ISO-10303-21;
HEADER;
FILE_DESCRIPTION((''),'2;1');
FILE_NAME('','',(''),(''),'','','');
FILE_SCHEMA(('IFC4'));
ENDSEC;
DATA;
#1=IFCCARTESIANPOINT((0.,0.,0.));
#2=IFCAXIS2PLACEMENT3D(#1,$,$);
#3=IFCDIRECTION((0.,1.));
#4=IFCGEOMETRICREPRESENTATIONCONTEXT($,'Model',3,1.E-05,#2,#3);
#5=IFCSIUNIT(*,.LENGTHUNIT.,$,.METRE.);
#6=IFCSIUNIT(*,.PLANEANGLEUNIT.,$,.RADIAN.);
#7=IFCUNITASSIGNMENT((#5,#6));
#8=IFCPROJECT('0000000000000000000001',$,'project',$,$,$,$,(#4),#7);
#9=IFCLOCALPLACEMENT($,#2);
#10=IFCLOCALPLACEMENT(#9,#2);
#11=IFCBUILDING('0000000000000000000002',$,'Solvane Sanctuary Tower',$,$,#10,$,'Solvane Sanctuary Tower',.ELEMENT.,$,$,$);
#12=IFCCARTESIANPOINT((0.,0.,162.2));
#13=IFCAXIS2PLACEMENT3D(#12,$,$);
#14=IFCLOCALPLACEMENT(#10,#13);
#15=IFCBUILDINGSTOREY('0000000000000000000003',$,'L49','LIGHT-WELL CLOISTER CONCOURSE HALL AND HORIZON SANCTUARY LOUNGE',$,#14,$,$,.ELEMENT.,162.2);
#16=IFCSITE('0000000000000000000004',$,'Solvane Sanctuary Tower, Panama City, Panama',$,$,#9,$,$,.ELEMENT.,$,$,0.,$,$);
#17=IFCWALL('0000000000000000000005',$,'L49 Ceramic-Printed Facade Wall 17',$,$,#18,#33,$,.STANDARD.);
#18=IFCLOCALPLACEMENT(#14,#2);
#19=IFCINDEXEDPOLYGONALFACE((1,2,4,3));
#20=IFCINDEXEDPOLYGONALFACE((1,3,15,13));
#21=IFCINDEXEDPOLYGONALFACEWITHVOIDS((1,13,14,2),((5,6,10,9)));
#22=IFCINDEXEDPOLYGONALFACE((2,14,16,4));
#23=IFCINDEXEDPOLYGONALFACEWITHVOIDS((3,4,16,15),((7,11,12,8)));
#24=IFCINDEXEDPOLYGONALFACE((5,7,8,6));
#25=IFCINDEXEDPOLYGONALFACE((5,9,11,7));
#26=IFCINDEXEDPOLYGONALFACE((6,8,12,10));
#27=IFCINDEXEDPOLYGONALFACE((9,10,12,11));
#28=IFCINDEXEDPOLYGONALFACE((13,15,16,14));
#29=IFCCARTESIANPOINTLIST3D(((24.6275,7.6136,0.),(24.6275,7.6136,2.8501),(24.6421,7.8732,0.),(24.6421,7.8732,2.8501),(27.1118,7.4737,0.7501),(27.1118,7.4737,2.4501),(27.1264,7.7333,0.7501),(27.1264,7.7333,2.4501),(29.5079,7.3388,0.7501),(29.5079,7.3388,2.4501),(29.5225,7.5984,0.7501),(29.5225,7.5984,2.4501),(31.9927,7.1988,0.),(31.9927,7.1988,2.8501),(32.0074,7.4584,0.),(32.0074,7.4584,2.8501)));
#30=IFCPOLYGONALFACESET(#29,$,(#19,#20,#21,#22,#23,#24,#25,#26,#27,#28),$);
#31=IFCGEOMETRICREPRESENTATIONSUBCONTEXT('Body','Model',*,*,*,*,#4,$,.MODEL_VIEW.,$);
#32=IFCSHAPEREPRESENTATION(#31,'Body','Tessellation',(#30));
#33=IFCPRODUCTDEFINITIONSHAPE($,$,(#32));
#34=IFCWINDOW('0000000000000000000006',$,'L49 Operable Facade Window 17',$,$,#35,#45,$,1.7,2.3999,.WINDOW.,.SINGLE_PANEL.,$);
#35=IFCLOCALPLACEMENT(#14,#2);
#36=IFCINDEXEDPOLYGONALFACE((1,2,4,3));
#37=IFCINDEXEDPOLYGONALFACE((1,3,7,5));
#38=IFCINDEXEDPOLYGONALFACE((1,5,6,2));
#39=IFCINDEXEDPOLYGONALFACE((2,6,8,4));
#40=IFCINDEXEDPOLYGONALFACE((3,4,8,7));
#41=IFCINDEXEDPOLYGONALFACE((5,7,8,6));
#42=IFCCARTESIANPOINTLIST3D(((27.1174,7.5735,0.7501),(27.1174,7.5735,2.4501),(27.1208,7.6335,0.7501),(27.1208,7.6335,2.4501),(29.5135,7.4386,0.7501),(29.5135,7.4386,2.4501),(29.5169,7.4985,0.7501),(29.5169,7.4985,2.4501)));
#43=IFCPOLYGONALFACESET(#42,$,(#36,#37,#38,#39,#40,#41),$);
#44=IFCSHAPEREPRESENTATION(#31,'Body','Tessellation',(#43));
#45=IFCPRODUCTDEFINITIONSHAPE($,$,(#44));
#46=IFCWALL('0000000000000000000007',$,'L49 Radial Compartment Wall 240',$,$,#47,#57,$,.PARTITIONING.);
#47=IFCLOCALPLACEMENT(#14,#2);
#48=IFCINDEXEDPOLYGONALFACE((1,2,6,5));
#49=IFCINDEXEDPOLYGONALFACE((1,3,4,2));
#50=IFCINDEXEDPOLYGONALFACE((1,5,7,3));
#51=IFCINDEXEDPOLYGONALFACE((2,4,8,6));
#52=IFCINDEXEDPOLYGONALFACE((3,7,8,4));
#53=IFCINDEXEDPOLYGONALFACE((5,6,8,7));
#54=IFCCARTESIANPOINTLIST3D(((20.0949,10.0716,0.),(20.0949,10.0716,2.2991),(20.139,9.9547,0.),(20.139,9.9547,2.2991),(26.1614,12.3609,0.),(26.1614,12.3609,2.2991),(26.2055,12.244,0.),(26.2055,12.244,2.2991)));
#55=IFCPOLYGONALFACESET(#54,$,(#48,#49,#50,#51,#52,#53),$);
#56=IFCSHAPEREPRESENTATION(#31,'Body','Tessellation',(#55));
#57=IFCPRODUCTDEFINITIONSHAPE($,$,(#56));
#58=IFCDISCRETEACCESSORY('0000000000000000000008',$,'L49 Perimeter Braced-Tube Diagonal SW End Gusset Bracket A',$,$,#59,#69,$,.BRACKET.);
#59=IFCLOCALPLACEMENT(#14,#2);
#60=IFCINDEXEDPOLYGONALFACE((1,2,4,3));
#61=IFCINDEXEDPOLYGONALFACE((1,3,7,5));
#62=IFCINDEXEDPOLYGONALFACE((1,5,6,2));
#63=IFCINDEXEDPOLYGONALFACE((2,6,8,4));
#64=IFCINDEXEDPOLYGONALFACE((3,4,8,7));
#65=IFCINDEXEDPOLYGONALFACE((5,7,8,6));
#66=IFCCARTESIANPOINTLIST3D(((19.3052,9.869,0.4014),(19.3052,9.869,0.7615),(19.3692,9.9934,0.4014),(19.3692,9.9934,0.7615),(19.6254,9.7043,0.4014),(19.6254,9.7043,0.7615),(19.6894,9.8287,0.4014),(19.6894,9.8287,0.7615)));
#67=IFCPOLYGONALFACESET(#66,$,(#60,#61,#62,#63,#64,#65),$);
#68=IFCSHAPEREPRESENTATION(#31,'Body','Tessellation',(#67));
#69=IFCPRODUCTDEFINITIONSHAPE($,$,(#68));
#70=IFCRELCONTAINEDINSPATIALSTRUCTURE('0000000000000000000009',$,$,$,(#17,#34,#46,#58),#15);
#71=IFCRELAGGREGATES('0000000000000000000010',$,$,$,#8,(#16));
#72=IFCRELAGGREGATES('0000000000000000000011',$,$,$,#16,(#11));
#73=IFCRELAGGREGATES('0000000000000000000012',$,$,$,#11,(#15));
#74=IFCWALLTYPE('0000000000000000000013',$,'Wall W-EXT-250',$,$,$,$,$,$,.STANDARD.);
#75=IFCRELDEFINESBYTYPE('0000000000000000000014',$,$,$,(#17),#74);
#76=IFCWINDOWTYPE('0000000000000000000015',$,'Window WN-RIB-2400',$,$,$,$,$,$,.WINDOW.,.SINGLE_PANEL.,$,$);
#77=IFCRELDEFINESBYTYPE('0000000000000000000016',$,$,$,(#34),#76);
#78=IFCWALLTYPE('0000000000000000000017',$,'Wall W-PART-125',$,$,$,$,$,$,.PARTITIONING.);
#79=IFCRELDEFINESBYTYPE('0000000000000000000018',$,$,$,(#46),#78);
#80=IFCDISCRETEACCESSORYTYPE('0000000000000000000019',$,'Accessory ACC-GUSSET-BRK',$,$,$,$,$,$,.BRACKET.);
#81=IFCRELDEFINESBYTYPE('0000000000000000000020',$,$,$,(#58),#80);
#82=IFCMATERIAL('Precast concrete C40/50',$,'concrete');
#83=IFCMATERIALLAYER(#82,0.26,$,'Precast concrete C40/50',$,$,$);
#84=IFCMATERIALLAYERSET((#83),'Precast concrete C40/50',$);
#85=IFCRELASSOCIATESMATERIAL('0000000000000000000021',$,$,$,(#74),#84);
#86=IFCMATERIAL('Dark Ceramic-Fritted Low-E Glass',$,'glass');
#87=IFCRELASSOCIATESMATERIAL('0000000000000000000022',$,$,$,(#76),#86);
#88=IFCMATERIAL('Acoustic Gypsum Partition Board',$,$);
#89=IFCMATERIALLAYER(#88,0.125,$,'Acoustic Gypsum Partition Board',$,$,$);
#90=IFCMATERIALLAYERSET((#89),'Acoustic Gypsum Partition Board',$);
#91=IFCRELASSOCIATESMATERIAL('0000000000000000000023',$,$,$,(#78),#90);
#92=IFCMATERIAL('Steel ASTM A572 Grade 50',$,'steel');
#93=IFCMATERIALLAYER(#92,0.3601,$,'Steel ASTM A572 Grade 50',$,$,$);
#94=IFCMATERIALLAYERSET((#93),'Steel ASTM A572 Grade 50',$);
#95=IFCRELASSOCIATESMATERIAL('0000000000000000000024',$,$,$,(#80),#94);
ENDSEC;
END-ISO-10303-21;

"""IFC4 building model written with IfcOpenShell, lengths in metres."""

from ifc_helpers import new_model, si_unit, direction, frame, frame_2d, origin, origin_2d, place, context, subcontext, project, spatial, rectangle, extrude, material, layer, layer_set, type_object, element, fill, save


model = new_model("IFC4")

# Units and contexts
model_context = context("Model", 3, precision=1e-05, world=origin(), true_north=direction((0.0, 1.0)))
body_context = subcontext(model_context, "Body", "Model", "MODEL_VIEW")
ifc_project = project(units=[si_unit("LENGTHUNIT", "METRE"), si_unit("PLANEANGLEUNIT", "RADIAN")], contexts=[model_context])

# Site, building, storey
site_placement = place(None, origin())
site = spatial("IfcSite", under=ifc_project, at=site_placement, Name="Solvane Sanctuary Tower, Panama City, Panama", CompositionType="ELEMENT", RefElevation=0.0)
building_placement = place(site_placement, origin())
building = spatial("IfcBuilding", under=site, at=building_placement, Name="Solvane Sanctuary Tower", LongName="Solvane Sanctuary Tower", CompositionType="ELEMENT")
storey_placement = place(building_placement, frame((0.0, 0.0, 162.2)))
storey = spatial("IfcBuildingStorey", under=building, at=storey_placement, Name="L49", Description="LIGHT-WELL CLOISTER CONCOURSE HALL AND HORIZON SANCTUARY LOUNGE", CompositionType="ELEMENT", Elevation=162.2)

# Shared definitions
ifc_material_1 = material(Name="Acoustic Gypsum Partition Board")

# Wall, opening, window
ifc_material_2 = material(Name="Precast concrete C40/50", Category="concrete")
ifc_layer_1 = layer(ifc_material_2, 0.26, Name="Precast concrete C40/50")
ifc_layer_set_1 = layer_set([ifc_layer_1], Name="Precast concrete C40/50")
wall_type_1 = type_object("IfcWallType", Name="Wall W-EXT-250", PredefinedType="STANDARD", material=ifc_layer_set_1)
ifc_material_3 = material(Name="Dark Ceramic-Fritted Low-E Glass", Category="glass")
wall_1_placement = place(storey_placement, frame((24.6348, 7.7434, 0.0), z_axis=(0.0, 0.0, 1.0), x_axis=(0.998418, -0.056229, 0.0)))
wall_1 = element("IfcWall", 1, at=wall_1_placement, inside=storey, type_object=wall_type_1, Name="L49 Ceramic-Printed Facade Wall 17", PredefinedType="STANDARD", context=body_context, shape_type="SweptSolid", body=[
    extrude(rectangle(XDim=7.377, YDim=0.26, at=frame_2d((3.6885, 0.0))), origin(), (0.0, 0.0, 1.0), 2.8501),
])
opening_1_placement = place(wall_1_placement, frame((2.4883, 0.0, 0.75)))
opening_1 = element("IfcOpeningElement", 2, at=opening_1_placement, cuts=wall_1, PredefinedType="OPENING", context=body_context, shape_type="SweptSolid", body=[
    extrude(rectangle(XDim=2.3999, YDim=1.7, at=frame_2d((1.2, 0.8501))), frame((0.0, 0.1399, 0.0), z_axis=(0.0, -1.0, 0.0), x_axis=(1.0, 0.0, 0.0)), (0.0, 0.0, 1.0), 0.28),
])
window_type_1 = type_object("IfcWindowType", Name="Window WN-RIB-2400", PartitioningType="SINGLE_PANEL", PredefinedType="WINDOW", material=ifc_material_3)
window_1_placement = place(opening_1_placement, origin())
window_1 = element("IfcWindow", 3, at=window_1_placement, inside=storey, type_object=window_type_1, Name="L49 Operable Facade Window 17", OverallHeight=1.7, OverallWidth=2.3999, PartitioningType="SINGLE_PANEL", PredefinedType="WINDOW", context=body_context, shape_type="SweptSolid", body=[
    extrude(rectangle(XDim=2.3999, YDim=1.7, at=frame_2d((1.2, 0.8501))), frame((0.0, 0.03, 0.0), z_axis=(0.0, -1.0, 0.0), x_axis=(1.0, 0.0, 0.0)), (0.0, 0.0, 1.0), 0.0601),
])
fill(opening_1, window_1)

# Wall
ifc_layer_2 = layer(ifc_material_1, 0.125, Name="Acoustic Gypsum Partition Board")
ifc_layer_set_2 = layer_set([ifc_layer_2], Name="Acoustic Gypsum Partition Board")
wall_type_2 = type_object("IfcWallType", Name="Wall W-PART-125", PredefinedType="PARTITIONING", material=ifc_layer_set_2)
wall_2_placement = place(storey_placement, frame((26.1836, 12.3025, 0.0), z_axis=(0.0, 0.0, 1.0), x_axis=(-0.935601, -0.353058, 0.0)))
element("IfcWall", 4, at=wall_2_placement, inside=storey, type_object=wall_type_2, Name="L49 Radial Compartment Wall 240", PredefinedType="PARTITIONING", context=body_context, shape_type="SweptSolid", body=[
    extrude(rectangle(XDim=6.4841, YDim=0.125, at=frame_2d((3.2422, 0.0))), origin(), (0.0, 0.0, 1.0), 2.2991),
])

# Discrete accessory
ifc_material_4 = material(Name="Steel ASTM A572 Grade 50", Category="steel")
ifc_layer_3 = layer(ifc_material_4, 0.3601, Name="Steel ASTM A572 Grade 50")
ifc_layer_set_3 = layer_set([ifc_layer_3], Name="Steel ASTM A572 Grade 50")
discrete_accessory_type = type_object("IfcDiscreteAccessoryType", Name="Accessory ACC-GUSSET-BRK", PredefinedType="BRACKET", material=ifc_layer_set_3)
discrete_accessory_placement = place(storey_placement, frame((19.4973, 9.8489, 0.4014), z_axis=(0.0, 0.0, 1.0), x_axis=(-0.889257, 0.457408, 0.0)))
element("IfcDiscreteAccessory", 5, at=discrete_accessory_placement, inside=storey, type_object=discrete_accessory_type, Name="L49 Perimeter Braced-Tube Diagonal SW End Gusset Bracket A", PredefinedType="BRACKET", context=body_context, shape_type="SweptSolid", body=[
    extrude(rectangle(XDim=0.3601, YDim=0.1399, at=origin_2d()), origin(), (0.0, 0.0, 1.0), 0.3601),
])

save(model, "model.ifc")
